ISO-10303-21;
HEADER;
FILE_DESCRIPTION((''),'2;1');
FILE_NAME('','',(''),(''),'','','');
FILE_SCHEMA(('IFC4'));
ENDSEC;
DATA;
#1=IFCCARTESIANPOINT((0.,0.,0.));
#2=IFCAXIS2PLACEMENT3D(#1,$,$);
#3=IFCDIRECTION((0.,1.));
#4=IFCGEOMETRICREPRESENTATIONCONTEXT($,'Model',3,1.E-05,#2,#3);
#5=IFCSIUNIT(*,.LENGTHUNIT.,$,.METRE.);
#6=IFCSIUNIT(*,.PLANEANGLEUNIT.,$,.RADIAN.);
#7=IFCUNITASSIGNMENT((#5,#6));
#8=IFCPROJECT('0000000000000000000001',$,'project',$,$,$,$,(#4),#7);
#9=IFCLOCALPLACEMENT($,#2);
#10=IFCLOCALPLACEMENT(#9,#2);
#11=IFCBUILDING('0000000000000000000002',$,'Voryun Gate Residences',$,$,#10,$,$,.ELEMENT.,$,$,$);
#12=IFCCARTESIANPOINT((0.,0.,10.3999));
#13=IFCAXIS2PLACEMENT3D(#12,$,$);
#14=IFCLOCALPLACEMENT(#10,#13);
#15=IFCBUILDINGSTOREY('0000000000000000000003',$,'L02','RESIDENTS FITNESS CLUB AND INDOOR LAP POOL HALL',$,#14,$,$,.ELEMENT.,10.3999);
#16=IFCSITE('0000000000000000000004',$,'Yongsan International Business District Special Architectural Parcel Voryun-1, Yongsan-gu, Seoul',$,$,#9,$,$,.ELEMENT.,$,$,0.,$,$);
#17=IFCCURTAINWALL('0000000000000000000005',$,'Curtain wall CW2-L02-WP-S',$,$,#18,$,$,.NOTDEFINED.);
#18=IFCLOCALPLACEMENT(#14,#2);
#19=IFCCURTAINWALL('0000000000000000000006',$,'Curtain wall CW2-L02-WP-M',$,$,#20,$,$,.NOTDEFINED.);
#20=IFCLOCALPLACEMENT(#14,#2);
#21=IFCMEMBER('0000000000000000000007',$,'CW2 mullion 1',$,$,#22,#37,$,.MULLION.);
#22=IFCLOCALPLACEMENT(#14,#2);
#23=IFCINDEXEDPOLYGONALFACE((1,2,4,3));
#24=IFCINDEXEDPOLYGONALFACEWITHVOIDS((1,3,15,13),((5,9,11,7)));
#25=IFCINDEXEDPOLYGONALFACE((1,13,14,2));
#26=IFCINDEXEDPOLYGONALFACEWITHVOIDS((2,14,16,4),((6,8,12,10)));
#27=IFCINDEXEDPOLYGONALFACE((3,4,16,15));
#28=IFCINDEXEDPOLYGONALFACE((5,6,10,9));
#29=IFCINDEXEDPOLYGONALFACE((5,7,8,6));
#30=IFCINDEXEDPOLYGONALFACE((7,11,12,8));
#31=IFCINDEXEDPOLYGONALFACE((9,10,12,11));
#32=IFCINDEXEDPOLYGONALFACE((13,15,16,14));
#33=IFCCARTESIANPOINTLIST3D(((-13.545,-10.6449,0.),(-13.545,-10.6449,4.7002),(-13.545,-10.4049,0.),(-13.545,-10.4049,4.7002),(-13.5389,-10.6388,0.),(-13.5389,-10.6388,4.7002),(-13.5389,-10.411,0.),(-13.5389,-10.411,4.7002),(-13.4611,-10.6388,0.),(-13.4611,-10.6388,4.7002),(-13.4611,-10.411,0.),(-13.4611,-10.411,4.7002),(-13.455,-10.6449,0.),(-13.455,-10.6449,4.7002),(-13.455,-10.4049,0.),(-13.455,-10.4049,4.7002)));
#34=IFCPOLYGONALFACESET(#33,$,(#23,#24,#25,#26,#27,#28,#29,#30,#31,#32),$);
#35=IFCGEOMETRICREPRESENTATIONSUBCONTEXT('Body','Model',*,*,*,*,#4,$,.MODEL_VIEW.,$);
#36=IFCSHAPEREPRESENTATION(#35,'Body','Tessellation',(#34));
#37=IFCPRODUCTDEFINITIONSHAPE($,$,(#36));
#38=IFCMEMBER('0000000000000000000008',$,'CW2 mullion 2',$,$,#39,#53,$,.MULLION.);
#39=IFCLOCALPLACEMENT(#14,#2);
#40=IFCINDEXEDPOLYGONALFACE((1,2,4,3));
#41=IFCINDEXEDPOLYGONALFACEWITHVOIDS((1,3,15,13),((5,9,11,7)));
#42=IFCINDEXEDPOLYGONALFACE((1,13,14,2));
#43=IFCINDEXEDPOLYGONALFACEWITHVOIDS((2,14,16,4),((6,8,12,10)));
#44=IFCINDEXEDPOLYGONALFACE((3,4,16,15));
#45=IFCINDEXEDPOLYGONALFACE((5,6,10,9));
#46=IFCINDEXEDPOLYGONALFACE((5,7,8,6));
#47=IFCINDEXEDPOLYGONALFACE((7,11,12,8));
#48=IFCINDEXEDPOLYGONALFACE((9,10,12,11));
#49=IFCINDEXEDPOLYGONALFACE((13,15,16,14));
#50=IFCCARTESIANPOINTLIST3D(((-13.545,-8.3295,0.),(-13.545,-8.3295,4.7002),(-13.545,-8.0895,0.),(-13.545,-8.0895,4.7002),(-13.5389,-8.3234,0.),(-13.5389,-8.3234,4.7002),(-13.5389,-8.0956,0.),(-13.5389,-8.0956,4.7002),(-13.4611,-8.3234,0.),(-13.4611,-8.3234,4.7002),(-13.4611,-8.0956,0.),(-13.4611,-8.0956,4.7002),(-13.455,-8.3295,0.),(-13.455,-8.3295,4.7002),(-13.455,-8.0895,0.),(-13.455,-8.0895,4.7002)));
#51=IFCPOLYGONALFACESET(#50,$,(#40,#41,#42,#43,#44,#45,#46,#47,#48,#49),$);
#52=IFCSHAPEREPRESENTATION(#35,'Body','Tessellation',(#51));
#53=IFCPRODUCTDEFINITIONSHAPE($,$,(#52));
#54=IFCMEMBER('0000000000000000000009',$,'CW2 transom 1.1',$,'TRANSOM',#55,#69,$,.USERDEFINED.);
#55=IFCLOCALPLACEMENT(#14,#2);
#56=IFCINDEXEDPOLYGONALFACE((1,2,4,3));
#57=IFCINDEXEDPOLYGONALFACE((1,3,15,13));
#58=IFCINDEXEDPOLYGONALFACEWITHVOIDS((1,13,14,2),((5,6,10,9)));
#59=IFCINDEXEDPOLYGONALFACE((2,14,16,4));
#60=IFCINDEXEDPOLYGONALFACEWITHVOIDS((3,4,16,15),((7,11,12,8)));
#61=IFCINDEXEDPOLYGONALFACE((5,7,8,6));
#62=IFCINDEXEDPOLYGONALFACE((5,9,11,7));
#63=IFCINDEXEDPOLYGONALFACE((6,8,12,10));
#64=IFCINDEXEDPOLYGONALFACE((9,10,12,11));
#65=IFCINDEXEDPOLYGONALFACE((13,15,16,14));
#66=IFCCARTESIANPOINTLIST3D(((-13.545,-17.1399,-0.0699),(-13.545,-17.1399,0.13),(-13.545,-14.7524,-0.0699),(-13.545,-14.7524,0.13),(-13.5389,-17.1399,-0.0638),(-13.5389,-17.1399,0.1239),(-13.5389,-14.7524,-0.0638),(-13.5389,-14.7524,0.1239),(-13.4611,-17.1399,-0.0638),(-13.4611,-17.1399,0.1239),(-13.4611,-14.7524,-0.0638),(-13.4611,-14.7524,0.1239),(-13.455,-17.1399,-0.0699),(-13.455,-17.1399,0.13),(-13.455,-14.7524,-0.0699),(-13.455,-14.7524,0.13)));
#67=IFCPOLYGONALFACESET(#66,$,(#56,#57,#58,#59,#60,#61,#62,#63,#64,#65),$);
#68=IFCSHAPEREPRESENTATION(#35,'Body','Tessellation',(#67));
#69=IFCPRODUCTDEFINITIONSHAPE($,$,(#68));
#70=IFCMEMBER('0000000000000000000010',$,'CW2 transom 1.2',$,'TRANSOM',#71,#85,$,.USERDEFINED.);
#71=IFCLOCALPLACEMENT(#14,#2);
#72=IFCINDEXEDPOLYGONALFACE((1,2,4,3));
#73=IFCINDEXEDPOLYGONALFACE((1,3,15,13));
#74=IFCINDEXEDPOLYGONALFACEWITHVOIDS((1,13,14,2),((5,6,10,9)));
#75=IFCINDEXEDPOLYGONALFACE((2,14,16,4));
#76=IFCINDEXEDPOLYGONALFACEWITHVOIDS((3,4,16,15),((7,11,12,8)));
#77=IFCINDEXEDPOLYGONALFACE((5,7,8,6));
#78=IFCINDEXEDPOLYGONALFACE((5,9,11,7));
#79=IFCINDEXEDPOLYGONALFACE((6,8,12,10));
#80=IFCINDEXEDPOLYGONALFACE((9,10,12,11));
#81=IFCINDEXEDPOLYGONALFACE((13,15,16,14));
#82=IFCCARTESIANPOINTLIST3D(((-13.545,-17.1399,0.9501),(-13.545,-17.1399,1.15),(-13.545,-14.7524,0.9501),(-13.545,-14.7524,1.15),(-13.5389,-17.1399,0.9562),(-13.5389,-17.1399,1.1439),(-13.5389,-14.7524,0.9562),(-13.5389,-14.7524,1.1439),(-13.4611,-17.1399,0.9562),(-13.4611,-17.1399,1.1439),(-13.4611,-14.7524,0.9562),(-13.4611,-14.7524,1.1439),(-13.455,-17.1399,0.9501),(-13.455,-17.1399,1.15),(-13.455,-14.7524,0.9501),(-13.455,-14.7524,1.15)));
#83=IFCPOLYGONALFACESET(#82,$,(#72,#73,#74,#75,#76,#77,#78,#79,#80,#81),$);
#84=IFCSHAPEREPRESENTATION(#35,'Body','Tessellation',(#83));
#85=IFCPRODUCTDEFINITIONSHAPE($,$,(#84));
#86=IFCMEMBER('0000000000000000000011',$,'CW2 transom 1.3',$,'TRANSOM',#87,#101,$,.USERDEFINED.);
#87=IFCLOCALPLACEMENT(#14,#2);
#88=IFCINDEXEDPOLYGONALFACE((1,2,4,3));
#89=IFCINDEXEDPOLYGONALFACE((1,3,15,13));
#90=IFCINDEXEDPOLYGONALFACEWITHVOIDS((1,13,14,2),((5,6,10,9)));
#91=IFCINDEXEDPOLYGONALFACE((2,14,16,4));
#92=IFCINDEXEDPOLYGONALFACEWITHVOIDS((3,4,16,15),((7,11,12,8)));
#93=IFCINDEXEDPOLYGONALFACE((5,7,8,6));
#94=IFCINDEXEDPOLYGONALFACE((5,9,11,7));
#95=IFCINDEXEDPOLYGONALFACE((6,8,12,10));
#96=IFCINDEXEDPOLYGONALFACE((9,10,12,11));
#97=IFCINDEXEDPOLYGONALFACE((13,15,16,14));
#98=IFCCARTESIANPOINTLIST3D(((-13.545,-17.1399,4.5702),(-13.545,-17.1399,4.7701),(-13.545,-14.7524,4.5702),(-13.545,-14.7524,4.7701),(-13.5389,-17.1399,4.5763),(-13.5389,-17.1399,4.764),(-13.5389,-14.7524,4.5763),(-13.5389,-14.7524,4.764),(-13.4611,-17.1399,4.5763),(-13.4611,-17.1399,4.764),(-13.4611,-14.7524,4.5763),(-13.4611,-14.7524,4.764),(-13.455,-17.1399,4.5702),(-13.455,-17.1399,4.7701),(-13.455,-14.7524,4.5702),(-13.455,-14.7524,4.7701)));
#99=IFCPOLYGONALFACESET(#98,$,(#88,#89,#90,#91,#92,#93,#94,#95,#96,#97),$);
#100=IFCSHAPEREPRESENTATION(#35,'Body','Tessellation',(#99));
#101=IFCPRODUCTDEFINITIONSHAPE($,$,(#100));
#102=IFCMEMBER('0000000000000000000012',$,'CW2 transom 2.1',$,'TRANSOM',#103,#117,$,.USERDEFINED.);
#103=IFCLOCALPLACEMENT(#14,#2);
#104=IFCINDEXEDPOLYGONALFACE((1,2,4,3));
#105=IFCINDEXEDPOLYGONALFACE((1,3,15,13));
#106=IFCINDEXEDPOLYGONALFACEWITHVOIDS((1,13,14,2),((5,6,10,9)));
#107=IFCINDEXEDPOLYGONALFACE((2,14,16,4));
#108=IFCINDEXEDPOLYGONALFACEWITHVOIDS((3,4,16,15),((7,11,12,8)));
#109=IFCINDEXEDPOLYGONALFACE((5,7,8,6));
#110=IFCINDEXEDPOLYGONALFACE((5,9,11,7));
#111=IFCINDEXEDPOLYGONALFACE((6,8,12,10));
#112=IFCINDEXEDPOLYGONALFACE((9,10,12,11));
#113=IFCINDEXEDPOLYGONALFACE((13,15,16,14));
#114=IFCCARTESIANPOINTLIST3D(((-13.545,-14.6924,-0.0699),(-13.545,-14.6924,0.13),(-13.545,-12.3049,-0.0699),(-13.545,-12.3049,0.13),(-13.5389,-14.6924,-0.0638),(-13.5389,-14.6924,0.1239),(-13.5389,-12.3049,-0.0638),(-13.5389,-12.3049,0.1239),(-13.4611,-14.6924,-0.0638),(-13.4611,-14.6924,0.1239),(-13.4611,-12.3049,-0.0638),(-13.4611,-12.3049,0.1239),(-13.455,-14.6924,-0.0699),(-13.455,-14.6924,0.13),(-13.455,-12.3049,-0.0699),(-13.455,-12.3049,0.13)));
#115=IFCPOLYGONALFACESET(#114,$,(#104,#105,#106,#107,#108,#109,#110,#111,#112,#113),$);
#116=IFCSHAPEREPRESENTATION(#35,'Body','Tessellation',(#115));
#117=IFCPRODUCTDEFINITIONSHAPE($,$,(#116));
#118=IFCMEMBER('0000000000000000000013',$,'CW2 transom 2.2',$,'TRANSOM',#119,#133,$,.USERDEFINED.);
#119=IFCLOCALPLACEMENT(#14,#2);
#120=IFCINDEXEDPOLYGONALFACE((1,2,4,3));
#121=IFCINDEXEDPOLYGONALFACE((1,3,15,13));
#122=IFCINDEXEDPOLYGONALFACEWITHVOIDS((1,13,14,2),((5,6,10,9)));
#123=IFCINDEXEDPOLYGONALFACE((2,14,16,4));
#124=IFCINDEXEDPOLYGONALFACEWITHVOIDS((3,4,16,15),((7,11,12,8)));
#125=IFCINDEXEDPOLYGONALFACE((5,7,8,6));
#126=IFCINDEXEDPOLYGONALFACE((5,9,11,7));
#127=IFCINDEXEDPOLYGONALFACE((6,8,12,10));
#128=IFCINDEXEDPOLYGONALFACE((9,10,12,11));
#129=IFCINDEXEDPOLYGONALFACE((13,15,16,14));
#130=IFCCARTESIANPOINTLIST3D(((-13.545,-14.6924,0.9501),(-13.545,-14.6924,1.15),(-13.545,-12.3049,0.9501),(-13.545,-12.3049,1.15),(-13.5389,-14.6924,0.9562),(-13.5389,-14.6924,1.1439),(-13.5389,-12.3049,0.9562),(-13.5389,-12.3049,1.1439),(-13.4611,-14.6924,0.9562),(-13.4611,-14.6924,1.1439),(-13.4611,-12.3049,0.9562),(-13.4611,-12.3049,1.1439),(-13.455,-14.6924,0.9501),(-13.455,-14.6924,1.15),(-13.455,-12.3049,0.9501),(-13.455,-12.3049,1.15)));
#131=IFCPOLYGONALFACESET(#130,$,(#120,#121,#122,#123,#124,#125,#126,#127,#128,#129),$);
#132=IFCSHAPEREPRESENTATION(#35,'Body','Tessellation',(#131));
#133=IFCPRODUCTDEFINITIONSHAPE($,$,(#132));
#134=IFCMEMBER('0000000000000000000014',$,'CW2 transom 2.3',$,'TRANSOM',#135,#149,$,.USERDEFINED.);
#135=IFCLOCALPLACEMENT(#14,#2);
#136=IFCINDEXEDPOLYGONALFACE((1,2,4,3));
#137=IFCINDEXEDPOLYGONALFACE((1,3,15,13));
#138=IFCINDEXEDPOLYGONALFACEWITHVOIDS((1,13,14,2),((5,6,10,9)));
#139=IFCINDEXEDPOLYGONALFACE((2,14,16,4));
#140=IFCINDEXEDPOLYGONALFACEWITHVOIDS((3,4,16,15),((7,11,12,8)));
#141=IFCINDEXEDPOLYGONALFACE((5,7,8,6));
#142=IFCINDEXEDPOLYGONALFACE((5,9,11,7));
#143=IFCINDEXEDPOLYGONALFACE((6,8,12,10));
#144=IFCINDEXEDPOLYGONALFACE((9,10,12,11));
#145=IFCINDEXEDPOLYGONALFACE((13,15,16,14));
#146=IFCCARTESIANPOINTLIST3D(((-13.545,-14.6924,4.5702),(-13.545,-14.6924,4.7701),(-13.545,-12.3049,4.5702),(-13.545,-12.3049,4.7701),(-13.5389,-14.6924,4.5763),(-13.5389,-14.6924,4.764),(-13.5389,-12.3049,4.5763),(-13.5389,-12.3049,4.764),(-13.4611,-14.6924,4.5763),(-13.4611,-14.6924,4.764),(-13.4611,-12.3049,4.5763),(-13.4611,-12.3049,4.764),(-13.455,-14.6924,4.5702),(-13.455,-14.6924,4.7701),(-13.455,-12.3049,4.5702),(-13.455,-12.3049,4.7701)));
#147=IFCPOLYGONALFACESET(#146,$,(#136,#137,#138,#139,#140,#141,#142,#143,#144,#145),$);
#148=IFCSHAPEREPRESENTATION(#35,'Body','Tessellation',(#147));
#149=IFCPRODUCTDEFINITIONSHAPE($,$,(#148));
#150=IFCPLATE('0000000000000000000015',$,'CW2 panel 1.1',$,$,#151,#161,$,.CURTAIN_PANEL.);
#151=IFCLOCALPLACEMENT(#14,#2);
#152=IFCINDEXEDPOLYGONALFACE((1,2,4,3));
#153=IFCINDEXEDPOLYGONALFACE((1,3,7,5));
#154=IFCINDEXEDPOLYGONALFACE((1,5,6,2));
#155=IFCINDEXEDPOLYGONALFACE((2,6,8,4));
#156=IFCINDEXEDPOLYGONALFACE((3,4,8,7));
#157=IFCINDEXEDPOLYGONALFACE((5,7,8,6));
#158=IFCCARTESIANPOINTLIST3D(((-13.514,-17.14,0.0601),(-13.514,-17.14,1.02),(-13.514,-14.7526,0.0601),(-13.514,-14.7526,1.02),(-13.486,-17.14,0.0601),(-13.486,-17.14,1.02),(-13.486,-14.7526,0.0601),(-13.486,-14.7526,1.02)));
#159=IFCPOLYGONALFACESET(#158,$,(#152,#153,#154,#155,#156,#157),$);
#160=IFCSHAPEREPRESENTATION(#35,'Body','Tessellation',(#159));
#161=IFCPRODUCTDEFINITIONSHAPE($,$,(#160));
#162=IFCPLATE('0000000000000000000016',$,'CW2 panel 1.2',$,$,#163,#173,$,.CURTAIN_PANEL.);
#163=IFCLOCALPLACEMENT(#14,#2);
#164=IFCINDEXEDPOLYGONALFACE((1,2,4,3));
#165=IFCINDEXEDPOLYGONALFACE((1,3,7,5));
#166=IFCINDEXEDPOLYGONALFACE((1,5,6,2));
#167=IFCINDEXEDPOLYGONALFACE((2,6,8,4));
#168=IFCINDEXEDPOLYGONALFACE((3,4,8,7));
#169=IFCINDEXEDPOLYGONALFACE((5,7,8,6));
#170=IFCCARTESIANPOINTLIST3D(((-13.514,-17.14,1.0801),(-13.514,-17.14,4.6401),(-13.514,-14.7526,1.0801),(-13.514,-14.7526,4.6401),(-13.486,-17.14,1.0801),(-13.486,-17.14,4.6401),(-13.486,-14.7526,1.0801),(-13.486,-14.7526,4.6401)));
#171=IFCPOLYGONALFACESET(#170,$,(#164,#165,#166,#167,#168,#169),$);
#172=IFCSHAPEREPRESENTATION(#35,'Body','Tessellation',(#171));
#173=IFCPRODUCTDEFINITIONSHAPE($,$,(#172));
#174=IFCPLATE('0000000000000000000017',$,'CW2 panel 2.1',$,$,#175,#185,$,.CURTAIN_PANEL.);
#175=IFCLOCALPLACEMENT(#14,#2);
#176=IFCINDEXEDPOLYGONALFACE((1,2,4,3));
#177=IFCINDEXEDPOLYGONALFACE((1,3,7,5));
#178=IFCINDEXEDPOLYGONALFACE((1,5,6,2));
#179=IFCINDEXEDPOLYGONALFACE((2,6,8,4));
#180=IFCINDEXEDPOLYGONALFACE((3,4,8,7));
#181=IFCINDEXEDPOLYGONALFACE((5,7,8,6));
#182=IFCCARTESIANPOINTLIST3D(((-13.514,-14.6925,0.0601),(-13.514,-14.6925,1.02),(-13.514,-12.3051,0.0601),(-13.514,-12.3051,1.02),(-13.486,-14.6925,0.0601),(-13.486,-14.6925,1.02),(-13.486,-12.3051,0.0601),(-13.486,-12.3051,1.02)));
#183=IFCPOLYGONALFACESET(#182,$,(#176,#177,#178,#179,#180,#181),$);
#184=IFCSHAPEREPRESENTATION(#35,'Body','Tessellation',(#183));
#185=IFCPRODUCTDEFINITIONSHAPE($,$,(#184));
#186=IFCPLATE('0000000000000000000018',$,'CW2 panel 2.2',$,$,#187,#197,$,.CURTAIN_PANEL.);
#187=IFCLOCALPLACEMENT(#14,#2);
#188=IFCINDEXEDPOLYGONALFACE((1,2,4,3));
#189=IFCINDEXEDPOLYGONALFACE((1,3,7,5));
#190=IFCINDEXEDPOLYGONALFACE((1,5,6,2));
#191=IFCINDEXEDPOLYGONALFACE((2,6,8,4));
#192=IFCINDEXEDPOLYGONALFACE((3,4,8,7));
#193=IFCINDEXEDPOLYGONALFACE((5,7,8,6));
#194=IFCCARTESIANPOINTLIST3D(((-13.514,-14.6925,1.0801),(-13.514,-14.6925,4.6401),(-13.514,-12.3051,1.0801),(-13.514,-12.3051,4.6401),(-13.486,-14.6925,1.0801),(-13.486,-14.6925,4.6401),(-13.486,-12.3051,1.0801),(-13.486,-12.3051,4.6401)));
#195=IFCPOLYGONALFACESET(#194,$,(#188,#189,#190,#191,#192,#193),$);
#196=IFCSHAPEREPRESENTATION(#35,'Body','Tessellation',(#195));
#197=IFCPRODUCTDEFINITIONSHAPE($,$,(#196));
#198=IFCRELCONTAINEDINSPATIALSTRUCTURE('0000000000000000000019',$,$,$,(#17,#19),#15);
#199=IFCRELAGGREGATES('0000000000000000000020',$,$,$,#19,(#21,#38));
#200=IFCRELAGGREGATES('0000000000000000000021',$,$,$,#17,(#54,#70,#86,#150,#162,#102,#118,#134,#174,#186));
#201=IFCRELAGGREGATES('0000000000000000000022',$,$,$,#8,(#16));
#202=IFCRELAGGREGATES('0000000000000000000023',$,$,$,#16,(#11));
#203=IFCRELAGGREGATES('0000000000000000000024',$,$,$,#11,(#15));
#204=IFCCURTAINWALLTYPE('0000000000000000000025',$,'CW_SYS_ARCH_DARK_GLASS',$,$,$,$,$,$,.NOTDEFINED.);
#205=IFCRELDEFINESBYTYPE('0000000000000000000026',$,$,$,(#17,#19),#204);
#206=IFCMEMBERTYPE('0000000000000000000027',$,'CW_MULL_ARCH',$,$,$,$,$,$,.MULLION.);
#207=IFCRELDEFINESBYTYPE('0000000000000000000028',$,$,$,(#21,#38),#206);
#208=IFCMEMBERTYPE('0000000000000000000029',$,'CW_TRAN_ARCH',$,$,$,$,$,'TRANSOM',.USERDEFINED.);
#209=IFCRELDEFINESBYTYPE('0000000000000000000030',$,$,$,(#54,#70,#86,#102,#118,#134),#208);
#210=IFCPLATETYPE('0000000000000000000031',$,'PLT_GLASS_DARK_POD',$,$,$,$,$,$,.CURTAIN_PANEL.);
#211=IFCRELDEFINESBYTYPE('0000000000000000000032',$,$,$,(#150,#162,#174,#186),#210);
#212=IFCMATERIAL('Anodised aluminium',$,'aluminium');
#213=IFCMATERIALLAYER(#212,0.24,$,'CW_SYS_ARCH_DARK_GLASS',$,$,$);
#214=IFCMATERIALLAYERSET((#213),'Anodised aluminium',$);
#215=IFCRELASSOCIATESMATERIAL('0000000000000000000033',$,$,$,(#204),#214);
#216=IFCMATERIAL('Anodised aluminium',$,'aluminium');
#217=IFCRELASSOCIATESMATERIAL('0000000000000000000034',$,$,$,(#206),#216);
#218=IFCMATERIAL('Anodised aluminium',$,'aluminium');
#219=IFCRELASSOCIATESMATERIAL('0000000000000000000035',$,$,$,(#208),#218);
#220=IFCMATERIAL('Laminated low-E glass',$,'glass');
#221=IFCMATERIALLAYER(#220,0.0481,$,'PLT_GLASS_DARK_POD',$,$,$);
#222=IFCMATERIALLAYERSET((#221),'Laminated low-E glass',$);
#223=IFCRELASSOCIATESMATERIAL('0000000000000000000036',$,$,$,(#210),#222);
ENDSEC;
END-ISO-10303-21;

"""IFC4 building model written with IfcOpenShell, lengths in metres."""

from ifc_helpers import new_model, si_unit, direction, frame, origin, origin_2d, place, context, subcontext, project, spatial, rectangle, hollow_rectangle, extrude, material, layer, layer_set, material_profile, profile_set, type_object, element, aggregate, save


model = new_model("IFC4")

# Units and contexts
model_context = context("Model", 3, precision=1e-05, world=origin(), true_north=direction((0.0, 1.0)))
body_context = subcontext(model_context, "Body", "Model", "MODEL_VIEW")
ifc_project = project(units=[si_unit("LENGTHUNIT", "METRE"), si_unit("PLANEANGLEUNIT", "RADIAN")], contexts=[model_context])

# Site, building, storey
site_placement = place(None, origin())
site = spatial("IfcSite", under=ifc_project, at=site_placement, Name="Yongsan International Business District Special Architectural Parcel Voryun-1, Yongsan-gu, Seoul", CompositionType="ELEMENT", RefElevation=0.0)
building_placement = place(site_placement, origin())
building = spatial("IfcBuilding", under=site, at=building_placement, Name="Voryun Gate Residences", CompositionType="ELEMENT")
storey_placement = place(building_placement, frame((0.0, 0.0, 10.3999)))
storey = spatial("IfcBuildingStorey", under=building, at=storey_placement, Name="L02", Description="RESIDENTS FITNESS CLUB AND INDOOR LAP POOL HALL", CompositionType="ELEMENT", Elevation=10.3999)

# Curtain walls, members
ifc_material_1 = material(Name="Anodised aluminium", Category="aluminium")
ifc_layer_1 = layer(ifc_material_1, 0.24, Name="CW_SYS_ARCH_DARK_GLASS")
ifc_layer_set_1 = layer_set([ifc_layer_1], Name="Anodised aluminium")
curtain_wall_type = type_object("IfcCurtainWallType", Name="CW_SYS_ARCH_DARK_GLASS", PredefinedType="NOTDEFINED", material=ifc_layer_set_1)
curtain_wall_1_placement = place(storey_placement, origin())
curtain_wall_1 = element("IfcCurtainWall", 1, at=curtain_wall_1_placement, inside=storey, type_object=curtain_wall_type, Name="Curtain wall CW2-L02-WP-S", PredefinedType="NOTDEFINED")
ifc_material_2 = material(Name="Anodised aluminium", Category="aluminium")
ifc_material_profile_1 = material_profile(ifc_material_2, hollow_rectangle(XDim=0.0901, YDim=0.24, WallThickness=0.0061, at=origin_2d()), Name="ALU-MULL-240x90x6")
ifc_profile_set_1 = profile_set([ifc_material_profile_1], Name="Anodised aluminium")
member_type_1 = type_object("IfcMemberType", Name="CW_MULL_ARCH", PredefinedType="MULLION", material=ifc_profile_set_1)
curtain_wall_2_placement = place(storey_placement, origin())
curtain_wall_2 = element("IfcCurtainWall", 2, at=curtain_wall_2_placement, inside=storey, type_object=curtain_wall_type, Name="Curtain wall CW2-L02-WP-M", PredefinedType="NOTDEFINED")
member_1_placement = place(storey_placement, frame((-13.5, -10.5249, 0.0), z_axis=(0.0, 0.0, 1.0), x_axis=(-1.0, 0.0, 0.0)))
member_1 = element("IfcMember", 3, at=member_1_placement, type_object=member_type_1, Name="CW2 mullion 1", PredefinedType="MULLION", context=body_context, shape_type="SweptSolid", body=[
    extrude(hollow_rectangle(XDim=0.0901, YDim=0.24, WallThickness=0.0061, at=origin_2d()), origin(), (0.0, 0.0, 1.0), 4.7002),
])
member_2_placement = place(storey_placement, frame((-13.5, -8.2095, 0.0), z_axis=(0.0, 0.0, 1.0), x_axis=(-1.0, 0.0, 0.0)))
member_2 = element("IfcMember", 4, at=member_2_placement, type_object=member_type_1, Name="CW2 mullion 2", PredefinedType="MULLION", context=body_context, shape_type="SweptSolid", body=[
    extrude(hollow_rectangle(XDim=0.0901, YDim=0.24, WallThickness=0.0061, at=origin_2d()), origin(), (0.0, 0.0, 1.0), 4.7002),
])
aggregate(curtain_wall_2, [member_1, member_2])

# Members
ifc_material_3 = material(Name="Anodised aluminium", Category="aluminium")
ifc_material_profile_2 = material_profile(ifc_material_3, hollow_rectangle(XDim=0.0901, YDim=0.2, WallThickness=0.0061, at=origin_2d()), Name="ALU-TRAN-200x90x6")
ifc_profile_set_2 = profile_set([ifc_material_profile_2], Name="Anodised aluminium")
member_type_2 = type_object("IfcMemberType", Name="CW_TRAN_ARCH", ElementType="TRANSOM", PredefinedType="USERDEFINED", material=ifc_profile_set_2)
member_3_placement = place(storey_placement, frame((-13.5, -17.1399, 0.03), z_axis=(0.0, 1.0, 0.0), x_axis=(-1.0, 0.0, 0.0)))
member_3 = element("IfcMember", 5, at=member_3_placement, type_object=member_type_2, Name="CW2 transom 1.1", ObjectType="TRANSOM", PredefinedType="USERDEFINED", context=body_context, shape_type="SweptSolid", body=[
    extrude(hollow_rectangle(XDim=0.0901, YDim=0.2, WallThickness=0.0061, at=origin_2d()), origin(), (0.0, 0.0, 1.0), 2.3875),
])
member_4_placement = place(storey_placement, frame((-13.5, -17.1399, 1.05), z_axis=(0.0, 1.0, 0.0), x_axis=(-1.0, 0.0, 0.0)))
member_4 = element("IfcMember", 6, at=member_4_placement, type_object=member_type_2, Name="CW2 transom 1.2", ObjectType="TRANSOM", PredefinedType="USERDEFINED", context=body_context, shape_type="SweptSolid", body=[
    extrude(hollow_rectangle(XDim=0.0901, YDim=0.2, WallThickness=0.0061, at=origin_2d()), origin(), (0.0, 0.0, 1.0), 2.3875),
])
member_5_placement = place(storey_placement, frame((-13.5, -17.1399, 4.6702), z_axis=(0.0, 1.0, 0.0), x_axis=(-1.0, 0.0, 0.0)))
member_5 = element("IfcMember", 7, at=member_5_placement, type_object=member_type_2, Name="CW2 transom 1.3", ObjectType="TRANSOM", PredefinedType="USERDEFINED", context=body_context, shape_type="SweptSolid", body=[
    extrude(hollow_rectangle(XDim=0.0901, YDim=0.2, WallThickness=0.0061, at=origin_2d()), origin(), (0.0, 0.0, 1.0), 2.3875),
])
member_6_placement = place(storey_placement, frame((-13.5, -14.6924, 0.03), z_axis=(0.0, 1.0, 0.0), x_axis=(-1.0, 0.0, 0.0)))
member_6 = element("IfcMember", 8, at=member_6_placement, type_object=member_type_2, Name="CW2 transom 2.1", ObjectType="TRANSOM", PredefinedType="USERDEFINED", context=body_context, shape_type="SweptSolid", body=[
    extrude(hollow_rectangle(XDim=0.0901, YDim=0.2, WallThickness=0.0061, at=origin_2d()), origin(), (0.0, 0.0, 1.0), 2.3875),
])
member_7_placement = place(storey_placement, frame((-13.5, -14.6924, 1.05), z_axis=(0.0, 1.0, 0.0), x_axis=(-1.0, 0.0, 0.0)))
member_7 = element("IfcMember", 9, at=member_7_placement, type_object=member_type_2, Name="CW2 transom 2.2", ObjectType="TRANSOM", PredefinedType="USERDEFINED", context=body_context, shape_type="SweptSolid", body=[
    extrude(hollow_rectangle(XDim=0.0901, YDim=0.2, WallThickness=0.0061, at=origin_2d()), origin(), (0.0, 0.0, 1.0), 2.3875),
])
member_8_placement = place(storey_placement, frame((-13.5, -14.6924, 4.6702), z_axis=(0.0, 1.0, 0.0), x_axis=(-1.0, 0.0, 0.0)))
member_8 = element("IfcMember", 10, at=member_8_placement, type_object=member_type_2, Name="CW2 transom 2.3", ObjectType="TRANSOM", PredefinedType="USERDEFINED", context=body_context, shape_type="SweptSolid", body=[
    extrude(hollow_rectangle(XDim=0.0901, YDim=0.2, WallThickness=0.0061, at=origin_2d()), origin(), (0.0, 0.0, 1.0), 2.3875),
])

# Plates
ifc_material_4 = material(Name="Laminated low-E glass", Category="glass")
ifc_layer_2 = layer(ifc_material_4, 0.0481, Name="PLT_GLASS_DARK_POD")
ifc_layer_set_2 = layer_set([ifc_layer_2], Name="Laminated low-E glass")
plate_type = type_object("IfcPlateType", Name="PLT_GLASS_DARK_POD", PredefinedType="CURTAIN_PANEL", material=ifc_layer_set_2)
plate_1_placement = place(storey_placement, frame((-13.5, -15.9463, 0.0601), z_axis=(0.0, 0.0, 1.0), x_axis=(0.0, 1.0, 0.0)))
plate_1 = element("IfcPlate", 11, at=plate_1_placement, type_object=plate_type, Name="CW2 panel 1.1", PredefinedType="CURTAIN_PANEL", context=body_context, shape_type="SweptSolid", body=[
    extrude(rectangle(XDim=2.3875, YDim=0.0281, at=origin_2d()), origin(), (0.0, 0.0, 1.0), 0.96),
])
plate_2_placement = place(storey_placement, frame((-13.5, -15.9463, 1.0801), z_axis=(0.0, 0.0, 1.0), x_axis=(0.0, 1.0, 0.0)))
plate_2 = element("IfcPlate", 12, at=plate_2_placement, type_object=plate_type, Name="CW2 panel 1.2", PredefinedType="CURTAIN_PANEL", context=body_context, shape_type="SweptSolid", body=[
    extrude(rectangle(XDim=2.3875, YDim=0.0281, at=origin_2d()), origin(), (0.0, 0.0, 1.0), 3.5601),
])
plate_3_placement = place(storey_placement, frame((-13.5, -13.4988, 0.0601), z_axis=(0.0, 0.0, 1.0), x_axis=(0.0, 1.0, 0.0)))
plate_3 = element("IfcPlate", 13, at=plate_3_placement, type_object=plate_type, Name="CW2 panel 2.1", PredefinedType="CURTAIN_PANEL", context=body_context, shape_type="SweptSolid", body=[
    extrude(rectangle(XDim=2.3875, YDim=0.0281, at=origin_2d()), origin(), (0.0, 0.0, 1.0), 0.96),
])
plate_4_placement = place(storey_placement, frame((-13.5, -13.4988, 1.0801), z_axis=(0.0, 0.0, 1.0), x_axis=(0.0, 1.0, 0.0)))
plate_4 = element("IfcPlate", 14, at=plate_4_placement, type_object=plate_type, Name="CW2 panel 2.2", PredefinedType="CURTAIN_PANEL", context=body_context, shape_type="SweptSolid", body=[
    extrude(rectangle(XDim=2.3875, YDim=0.0281, at=origin_2d()), origin(), (0.0, 0.0, 1.0), 3.5601),
])
aggregate(curtain_wall_1, [member_3, member_4, member_5, plate_1, plate_2, member_6, member_7, member_8, plate_3, plate_4])

save(model, "model.ifc")
